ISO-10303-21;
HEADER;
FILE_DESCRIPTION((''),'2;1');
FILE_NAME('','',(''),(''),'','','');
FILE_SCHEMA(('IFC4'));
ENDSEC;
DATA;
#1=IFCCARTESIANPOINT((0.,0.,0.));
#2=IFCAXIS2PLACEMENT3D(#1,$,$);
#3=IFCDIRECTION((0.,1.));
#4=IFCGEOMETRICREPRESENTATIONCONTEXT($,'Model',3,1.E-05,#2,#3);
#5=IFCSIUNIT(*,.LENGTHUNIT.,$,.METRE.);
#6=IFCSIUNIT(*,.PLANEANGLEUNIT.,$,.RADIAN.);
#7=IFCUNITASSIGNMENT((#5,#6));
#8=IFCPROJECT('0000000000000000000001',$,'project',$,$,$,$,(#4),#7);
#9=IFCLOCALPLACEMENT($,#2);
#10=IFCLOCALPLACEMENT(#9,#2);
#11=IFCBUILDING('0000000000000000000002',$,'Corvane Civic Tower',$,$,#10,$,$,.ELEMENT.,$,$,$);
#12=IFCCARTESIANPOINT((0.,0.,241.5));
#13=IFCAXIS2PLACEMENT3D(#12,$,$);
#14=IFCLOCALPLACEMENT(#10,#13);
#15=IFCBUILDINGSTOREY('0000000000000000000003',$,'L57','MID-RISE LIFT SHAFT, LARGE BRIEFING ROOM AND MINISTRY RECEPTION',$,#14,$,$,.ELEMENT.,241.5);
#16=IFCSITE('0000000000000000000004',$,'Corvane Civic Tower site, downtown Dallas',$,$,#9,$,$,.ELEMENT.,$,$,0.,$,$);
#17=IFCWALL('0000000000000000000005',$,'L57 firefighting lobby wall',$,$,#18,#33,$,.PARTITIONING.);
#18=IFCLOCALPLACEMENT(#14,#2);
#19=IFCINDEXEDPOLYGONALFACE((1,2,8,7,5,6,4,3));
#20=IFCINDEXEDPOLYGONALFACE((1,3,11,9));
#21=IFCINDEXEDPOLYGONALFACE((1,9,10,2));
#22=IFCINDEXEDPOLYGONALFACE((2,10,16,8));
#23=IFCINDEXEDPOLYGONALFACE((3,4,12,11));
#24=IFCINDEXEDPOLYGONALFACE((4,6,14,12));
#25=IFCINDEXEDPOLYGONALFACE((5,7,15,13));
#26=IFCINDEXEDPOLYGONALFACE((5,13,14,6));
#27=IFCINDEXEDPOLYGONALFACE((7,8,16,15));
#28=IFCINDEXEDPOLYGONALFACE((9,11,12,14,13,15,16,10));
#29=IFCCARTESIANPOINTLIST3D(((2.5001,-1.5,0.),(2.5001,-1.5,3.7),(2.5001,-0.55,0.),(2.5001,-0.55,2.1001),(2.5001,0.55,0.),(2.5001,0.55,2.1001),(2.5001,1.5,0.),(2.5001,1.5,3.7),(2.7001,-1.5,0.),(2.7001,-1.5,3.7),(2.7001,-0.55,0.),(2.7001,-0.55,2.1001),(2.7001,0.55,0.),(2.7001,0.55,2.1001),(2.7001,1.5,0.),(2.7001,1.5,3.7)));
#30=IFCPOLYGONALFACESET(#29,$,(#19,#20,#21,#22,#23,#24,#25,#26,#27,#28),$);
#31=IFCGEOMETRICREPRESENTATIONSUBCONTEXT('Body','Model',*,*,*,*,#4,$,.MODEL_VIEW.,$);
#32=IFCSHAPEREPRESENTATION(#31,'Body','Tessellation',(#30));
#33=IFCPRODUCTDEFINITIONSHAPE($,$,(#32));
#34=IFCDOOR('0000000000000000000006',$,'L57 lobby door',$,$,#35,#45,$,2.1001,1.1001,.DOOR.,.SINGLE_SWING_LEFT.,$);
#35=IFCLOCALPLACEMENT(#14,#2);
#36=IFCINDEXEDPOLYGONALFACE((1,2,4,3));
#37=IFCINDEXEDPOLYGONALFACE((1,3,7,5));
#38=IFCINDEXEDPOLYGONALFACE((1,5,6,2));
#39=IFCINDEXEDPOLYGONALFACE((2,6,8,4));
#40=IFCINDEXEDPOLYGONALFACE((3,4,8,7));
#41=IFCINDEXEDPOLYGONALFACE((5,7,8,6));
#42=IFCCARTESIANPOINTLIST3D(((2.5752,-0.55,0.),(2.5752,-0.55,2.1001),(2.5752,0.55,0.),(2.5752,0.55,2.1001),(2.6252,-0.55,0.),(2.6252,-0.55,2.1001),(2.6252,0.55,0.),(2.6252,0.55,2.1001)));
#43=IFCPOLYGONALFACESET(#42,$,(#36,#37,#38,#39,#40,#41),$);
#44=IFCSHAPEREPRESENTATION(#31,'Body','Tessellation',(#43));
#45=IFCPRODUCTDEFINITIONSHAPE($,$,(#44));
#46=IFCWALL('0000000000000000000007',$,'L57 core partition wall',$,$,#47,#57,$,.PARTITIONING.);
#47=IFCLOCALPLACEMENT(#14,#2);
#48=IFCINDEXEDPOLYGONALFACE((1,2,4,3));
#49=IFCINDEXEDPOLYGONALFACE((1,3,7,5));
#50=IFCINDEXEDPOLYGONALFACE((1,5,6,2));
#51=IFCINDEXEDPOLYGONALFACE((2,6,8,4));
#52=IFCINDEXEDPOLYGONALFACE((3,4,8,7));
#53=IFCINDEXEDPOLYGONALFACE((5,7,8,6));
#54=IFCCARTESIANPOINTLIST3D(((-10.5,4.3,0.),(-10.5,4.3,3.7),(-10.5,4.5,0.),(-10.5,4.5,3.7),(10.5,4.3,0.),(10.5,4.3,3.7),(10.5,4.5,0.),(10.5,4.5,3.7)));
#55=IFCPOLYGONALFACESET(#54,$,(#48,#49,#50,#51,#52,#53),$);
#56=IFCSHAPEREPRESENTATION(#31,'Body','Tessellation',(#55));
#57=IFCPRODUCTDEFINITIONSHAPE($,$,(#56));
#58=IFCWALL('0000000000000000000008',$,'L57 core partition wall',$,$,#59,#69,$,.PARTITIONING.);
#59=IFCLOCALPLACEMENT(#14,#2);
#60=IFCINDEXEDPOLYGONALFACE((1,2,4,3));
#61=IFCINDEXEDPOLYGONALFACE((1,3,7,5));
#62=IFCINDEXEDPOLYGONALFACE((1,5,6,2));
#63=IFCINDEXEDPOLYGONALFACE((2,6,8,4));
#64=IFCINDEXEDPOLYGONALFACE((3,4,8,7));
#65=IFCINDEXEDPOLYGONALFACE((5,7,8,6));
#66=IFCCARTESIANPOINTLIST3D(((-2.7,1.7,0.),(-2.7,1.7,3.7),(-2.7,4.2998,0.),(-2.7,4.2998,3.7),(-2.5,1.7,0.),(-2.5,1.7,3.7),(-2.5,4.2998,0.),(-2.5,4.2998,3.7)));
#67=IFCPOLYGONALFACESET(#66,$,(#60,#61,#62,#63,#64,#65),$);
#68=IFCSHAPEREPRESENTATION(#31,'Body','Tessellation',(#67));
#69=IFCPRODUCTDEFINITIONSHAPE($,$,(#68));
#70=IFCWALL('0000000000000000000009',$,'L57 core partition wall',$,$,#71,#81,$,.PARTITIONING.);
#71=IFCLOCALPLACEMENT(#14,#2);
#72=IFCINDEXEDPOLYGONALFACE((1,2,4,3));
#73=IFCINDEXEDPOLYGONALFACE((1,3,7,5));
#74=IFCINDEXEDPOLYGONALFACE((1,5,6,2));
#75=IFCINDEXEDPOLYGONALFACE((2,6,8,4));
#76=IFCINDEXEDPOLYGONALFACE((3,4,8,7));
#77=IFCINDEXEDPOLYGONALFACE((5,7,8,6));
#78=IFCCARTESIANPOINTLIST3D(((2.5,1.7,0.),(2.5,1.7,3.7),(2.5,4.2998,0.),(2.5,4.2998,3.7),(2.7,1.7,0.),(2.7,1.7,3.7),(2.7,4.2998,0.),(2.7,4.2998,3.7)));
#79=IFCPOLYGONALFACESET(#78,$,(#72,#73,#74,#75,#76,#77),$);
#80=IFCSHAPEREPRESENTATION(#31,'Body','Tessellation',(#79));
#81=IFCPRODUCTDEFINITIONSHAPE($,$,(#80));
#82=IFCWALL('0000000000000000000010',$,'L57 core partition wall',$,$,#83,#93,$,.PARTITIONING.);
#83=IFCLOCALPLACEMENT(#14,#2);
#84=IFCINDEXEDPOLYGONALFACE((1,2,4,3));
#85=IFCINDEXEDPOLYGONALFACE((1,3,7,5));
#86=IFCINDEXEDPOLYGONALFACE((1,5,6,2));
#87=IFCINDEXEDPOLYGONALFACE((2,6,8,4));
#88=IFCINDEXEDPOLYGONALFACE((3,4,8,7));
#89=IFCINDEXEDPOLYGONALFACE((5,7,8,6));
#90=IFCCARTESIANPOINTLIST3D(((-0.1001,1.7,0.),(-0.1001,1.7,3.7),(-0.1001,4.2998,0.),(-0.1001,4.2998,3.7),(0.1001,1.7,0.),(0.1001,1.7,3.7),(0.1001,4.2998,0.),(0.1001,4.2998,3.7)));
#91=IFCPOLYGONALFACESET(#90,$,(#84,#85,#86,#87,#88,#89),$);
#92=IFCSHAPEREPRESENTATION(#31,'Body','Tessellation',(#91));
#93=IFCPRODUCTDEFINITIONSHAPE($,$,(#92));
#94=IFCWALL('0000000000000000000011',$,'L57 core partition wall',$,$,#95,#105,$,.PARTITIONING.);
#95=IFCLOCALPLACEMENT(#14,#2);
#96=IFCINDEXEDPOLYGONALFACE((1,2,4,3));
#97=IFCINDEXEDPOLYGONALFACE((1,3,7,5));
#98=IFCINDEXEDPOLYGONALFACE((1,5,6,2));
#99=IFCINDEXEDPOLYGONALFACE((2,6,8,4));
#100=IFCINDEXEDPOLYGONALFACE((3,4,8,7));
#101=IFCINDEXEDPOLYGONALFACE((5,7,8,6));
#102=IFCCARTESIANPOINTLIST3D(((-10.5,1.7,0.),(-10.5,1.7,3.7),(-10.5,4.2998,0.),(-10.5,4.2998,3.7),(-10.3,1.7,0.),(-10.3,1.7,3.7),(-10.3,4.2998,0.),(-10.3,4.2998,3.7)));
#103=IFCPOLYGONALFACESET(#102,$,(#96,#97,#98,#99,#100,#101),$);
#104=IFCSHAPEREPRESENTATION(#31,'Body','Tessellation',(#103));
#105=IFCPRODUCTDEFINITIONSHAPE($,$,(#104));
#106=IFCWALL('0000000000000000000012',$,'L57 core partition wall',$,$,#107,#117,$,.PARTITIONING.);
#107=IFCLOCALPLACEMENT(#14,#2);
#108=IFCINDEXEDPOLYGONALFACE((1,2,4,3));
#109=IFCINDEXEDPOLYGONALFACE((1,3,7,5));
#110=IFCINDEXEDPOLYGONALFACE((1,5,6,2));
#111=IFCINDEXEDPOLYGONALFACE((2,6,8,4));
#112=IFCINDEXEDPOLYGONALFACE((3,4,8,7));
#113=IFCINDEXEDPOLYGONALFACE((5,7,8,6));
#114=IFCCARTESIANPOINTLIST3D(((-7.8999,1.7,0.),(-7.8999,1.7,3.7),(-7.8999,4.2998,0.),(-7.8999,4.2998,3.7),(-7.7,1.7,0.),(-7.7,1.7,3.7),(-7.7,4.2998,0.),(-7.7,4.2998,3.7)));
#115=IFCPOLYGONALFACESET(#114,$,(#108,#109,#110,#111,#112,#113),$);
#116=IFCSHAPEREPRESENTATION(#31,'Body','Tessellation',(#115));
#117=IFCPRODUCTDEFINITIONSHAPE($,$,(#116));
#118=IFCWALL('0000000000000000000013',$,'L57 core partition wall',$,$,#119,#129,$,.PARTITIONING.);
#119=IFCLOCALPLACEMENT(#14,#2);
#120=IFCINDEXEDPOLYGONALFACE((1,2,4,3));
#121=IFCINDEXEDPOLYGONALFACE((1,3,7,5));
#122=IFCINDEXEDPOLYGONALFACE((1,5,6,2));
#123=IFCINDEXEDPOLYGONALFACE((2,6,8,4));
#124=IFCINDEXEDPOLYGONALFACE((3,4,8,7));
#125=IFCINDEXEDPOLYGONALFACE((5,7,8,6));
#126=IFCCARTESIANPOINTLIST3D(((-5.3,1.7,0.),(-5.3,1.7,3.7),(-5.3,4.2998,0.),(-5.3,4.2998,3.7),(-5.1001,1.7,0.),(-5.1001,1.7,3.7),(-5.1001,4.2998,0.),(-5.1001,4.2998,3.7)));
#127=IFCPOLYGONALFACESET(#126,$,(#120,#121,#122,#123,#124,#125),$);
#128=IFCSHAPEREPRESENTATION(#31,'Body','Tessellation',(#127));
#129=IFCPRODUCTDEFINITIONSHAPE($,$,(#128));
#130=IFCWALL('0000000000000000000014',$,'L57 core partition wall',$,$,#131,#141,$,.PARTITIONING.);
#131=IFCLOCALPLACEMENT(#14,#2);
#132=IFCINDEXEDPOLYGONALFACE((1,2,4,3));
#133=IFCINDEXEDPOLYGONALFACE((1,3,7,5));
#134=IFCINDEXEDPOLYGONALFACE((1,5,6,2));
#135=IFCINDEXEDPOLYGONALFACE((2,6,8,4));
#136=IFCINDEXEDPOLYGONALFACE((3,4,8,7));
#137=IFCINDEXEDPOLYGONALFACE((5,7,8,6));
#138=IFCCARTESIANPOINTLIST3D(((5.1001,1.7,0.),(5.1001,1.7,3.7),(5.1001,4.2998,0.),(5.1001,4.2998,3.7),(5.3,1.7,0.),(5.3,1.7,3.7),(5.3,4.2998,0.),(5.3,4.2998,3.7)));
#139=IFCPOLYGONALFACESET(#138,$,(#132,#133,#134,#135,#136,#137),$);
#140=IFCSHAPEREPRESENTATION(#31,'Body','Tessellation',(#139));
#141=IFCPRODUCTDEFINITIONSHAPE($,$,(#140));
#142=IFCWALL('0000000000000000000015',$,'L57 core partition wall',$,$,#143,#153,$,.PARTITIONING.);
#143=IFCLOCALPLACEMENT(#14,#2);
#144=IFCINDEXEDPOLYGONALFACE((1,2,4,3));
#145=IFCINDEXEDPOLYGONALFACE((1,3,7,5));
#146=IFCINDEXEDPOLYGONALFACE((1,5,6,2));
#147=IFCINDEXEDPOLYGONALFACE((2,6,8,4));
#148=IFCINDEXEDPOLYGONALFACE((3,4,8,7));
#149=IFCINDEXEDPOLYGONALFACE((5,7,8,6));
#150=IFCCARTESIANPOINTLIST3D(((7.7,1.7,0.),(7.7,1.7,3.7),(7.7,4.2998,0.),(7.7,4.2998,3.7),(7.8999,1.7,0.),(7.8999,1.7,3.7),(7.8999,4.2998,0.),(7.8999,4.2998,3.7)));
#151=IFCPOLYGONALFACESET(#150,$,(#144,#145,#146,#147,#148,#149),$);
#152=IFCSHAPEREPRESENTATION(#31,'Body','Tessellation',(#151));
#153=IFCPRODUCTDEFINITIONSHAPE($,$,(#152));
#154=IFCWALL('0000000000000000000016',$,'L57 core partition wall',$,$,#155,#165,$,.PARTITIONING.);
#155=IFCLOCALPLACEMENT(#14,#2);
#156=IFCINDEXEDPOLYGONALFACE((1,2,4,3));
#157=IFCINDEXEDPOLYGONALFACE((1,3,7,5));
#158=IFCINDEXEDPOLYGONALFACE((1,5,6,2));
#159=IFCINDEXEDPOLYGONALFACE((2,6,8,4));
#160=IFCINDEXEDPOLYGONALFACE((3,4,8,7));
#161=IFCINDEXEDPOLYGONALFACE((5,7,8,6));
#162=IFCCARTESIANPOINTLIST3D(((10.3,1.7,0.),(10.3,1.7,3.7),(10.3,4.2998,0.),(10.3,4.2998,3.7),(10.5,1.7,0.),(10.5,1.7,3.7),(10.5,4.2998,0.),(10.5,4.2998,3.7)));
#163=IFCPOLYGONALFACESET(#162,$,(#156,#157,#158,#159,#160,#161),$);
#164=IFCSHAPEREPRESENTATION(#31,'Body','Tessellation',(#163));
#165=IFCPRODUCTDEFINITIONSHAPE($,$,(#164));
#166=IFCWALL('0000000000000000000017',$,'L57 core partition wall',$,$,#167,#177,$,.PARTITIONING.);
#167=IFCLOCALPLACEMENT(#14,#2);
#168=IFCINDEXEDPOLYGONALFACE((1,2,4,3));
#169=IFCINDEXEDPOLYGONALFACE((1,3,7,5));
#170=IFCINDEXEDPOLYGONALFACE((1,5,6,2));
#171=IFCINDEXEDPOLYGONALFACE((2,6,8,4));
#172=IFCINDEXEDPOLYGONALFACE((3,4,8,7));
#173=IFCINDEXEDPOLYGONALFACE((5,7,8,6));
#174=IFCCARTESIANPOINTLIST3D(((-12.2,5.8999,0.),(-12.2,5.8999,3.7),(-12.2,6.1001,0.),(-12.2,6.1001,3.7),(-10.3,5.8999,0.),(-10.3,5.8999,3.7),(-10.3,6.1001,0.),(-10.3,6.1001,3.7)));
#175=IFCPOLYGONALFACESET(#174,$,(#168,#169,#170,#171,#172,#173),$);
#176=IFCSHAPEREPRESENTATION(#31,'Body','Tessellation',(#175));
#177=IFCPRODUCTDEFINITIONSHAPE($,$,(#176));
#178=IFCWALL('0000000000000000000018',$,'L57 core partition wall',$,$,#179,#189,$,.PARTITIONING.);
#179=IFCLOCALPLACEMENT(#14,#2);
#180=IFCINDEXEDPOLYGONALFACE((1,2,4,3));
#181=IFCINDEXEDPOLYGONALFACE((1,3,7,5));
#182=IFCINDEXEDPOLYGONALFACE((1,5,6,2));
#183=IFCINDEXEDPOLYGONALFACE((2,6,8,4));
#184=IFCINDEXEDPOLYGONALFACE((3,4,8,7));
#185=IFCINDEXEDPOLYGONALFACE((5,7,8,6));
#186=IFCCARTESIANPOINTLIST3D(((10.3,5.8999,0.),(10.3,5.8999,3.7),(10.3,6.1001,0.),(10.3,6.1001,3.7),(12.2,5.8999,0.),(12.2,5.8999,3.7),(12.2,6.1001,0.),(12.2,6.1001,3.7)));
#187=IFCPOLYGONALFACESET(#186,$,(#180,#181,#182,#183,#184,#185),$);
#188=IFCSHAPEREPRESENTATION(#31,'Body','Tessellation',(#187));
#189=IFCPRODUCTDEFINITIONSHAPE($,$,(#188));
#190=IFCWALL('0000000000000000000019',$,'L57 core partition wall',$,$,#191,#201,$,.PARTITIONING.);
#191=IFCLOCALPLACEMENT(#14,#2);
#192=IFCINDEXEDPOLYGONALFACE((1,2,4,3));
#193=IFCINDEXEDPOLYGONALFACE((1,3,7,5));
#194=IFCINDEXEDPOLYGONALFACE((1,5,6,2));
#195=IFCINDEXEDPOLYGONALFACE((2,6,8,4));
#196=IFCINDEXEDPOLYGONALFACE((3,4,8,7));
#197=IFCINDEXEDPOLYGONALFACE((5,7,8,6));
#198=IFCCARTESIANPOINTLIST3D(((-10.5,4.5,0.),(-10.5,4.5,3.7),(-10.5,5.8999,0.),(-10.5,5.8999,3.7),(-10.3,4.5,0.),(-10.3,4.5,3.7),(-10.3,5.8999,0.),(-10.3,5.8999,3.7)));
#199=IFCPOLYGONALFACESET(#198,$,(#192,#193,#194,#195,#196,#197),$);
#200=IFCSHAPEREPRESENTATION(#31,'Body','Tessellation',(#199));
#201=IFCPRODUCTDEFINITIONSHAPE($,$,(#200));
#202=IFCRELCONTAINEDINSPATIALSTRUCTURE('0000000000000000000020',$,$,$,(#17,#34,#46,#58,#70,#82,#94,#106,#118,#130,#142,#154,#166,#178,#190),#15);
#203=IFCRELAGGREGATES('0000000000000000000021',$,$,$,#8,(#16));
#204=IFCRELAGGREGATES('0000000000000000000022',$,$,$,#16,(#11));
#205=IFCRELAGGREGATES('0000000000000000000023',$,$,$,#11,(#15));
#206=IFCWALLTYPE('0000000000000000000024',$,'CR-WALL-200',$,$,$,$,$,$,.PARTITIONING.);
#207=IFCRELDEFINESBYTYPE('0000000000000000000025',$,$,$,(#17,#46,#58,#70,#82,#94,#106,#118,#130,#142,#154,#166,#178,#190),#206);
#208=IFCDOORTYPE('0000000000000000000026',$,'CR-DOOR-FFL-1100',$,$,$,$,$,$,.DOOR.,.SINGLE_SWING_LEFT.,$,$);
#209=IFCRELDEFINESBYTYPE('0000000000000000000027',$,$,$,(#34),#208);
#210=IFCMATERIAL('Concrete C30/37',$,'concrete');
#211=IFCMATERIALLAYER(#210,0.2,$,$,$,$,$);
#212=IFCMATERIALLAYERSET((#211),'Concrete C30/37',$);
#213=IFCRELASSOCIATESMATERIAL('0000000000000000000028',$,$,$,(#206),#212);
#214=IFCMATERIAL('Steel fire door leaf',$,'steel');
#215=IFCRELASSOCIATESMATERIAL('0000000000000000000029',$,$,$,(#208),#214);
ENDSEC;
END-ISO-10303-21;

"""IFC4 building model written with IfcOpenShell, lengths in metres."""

from ifc_helpers import new_model, si_unit, direction, frame, frame_2d, origin, place, context, subcontext, project, spatial, polyline, rectangle, outline, extrude, material, layer, layer_set, type_object, element, fill, save


model = new_model("IFC4")

# Units and contexts
model_context = context("Model", 3, precision=1e-05, world=origin(), true_north=direction((0.0, 1.0)))
body_context = subcontext(model_context, "Body", "Model", "MODEL_VIEW")
ifc_project = project(units=[si_unit("LENGTHUNIT", "METRE"), si_unit("PLANEANGLEUNIT", "RADIAN")], contexts=[model_context])

# Site, building, storey
site_placement = place(None, origin())
site = spatial("IfcSite", under=ifc_project, at=site_placement, Name="Corvane Civic Tower site, downtown Dallas", CompositionType="ELEMENT", RefElevation=0.0)
building_placement = place(site_placement, origin())
building = spatial("IfcBuilding", under=site, at=building_placement, Name="Corvane Civic Tower", CompositionType="ELEMENT")
storey_placement = place(building_placement, frame((0.0, 0.0, 241.5)))
storey = spatial("IfcBuildingStorey", under=building, at=storey_placement, Name="L57", Description="MID-RISE LIFT SHAFT, LARGE BRIEFING ROOM AND MINISTRY RECEPTION", CompositionType="ELEMENT", Elevation=241.5)

# Wall, opening, door
ifc_material_1 = material(Name="Concrete C30/37", Category="concrete")
ifc_layer_1 = layer(ifc_material_1, 0.2)
ifc_layer_set_1 = layer_set([ifc_layer_1], Name="Concrete C30/37")
wall_type_1 = type_object("IfcWallType", Name="CR-WALL-200", PredefinedType="PARTITIONING", material=ifc_layer_set_1)
wall_1_placement = place(storey_placement, frame((2.6001, -1.5, 0.0), z_axis=(0.0, 0.0, 1.0), x_axis=(0.0, 1.0, 0.0)))
wall_1 = element("IfcWall", 1, at=wall_1_placement, inside=storey, type_object=wall_type_1, Name="L57 firefighting lobby wall", PredefinedType="PARTITIONING", context=body_context, shape_type="SweptSolid", body=[
    extrude(rectangle(XDim=3.0, YDim=0.2, at=frame_2d((1.5, 0.0))), origin(), (0.0, 0.0, 1.0), 3.7),
])
opening_1_placement = place(wall_1_placement, frame((0.95, 0.0, 0.0)))
opening_1 = element("IfcOpeningElement", 2, at=opening_1_placement, cuts=wall_1, PredefinedType="OPENING", context=body_context, shape_type="SweptSolid", body=[
    extrude(rectangle(XDim=1.1001, YDim=2.1001, at=frame_2d((0.55, 1.05))), frame((0.0, 0.1099, 0.0), z_axis=(0.0, -1.0, 0.0), x_axis=(1.0, 0.0, 0.0)), (0.0, 0.0, 1.0), 0.22),
])
ifc_material_2 = material(Name="Steel fire door leaf", Category="steel")
door_type_1 = type_object("IfcDoorType", Name="CR-DOOR-FFL-1100", OperationType="SINGLE_SWING_LEFT", PredefinedType="DOOR", material=ifc_material_2)
door_1_placement = place(opening_1_placement, origin())
door_1 = element("IfcDoor", 3, at=door_1_placement, inside=storey, type_object=door_type_1, Name="L57 lobby door", OperationType="SINGLE_SWING_LEFT", OverallHeight=2.1001, OverallWidth=1.1001, PredefinedType="DOOR", context=body_context, shape_type="SweptSolid", body=[
    extrude(rectangle(XDim=1.1001, YDim=2.1001, at=frame_2d((0.55, 1.05))), frame((0.0, 0.0249, 0.0), z_axis=(0.0, -1.0, 0.0), x_axis=(1.0, 0.0, 0.0)), (0.0, 0.0, 1.0), 0.05),
])
fill(opening_1, door_1)

# Walls
wall_2_placement = place(storey_placement, origin())
element("IfcWall", 4, at=wall_2_placement, inside=storey, type_object=wall_type_1, Name="L57 core partition wall", PredefinedType="PARTITIONING", context=body_context, shape_type="SweptSolid", body=[
    extrude(outline(polyline([(10.5, 4.5), (10.5, 4.3), (-10.5, 4.3), (-10.5, 4.5), (10.5, 4.5)])), origin(), (0.0, 0.0, 1.0), 3.7),
])
wall_3_placement = place(storey_placement, origin())
element("IfcWall", 5, at=wall_3_placement, inside=storey, type_object=wall_type_1, Name="L57 core partition wall", PredefinedType="PARTITIONING", context=body_context, shape_type="SweptSolid", body=[
    extrude(outline(polyline([(-2.5, 1.7), (-2.7, 1.7), (-2.7, 4.2998), (-2.5, 4.2998), (-2.5, 1.7)])), origin(), (0.0, 0.0, 1.0), 3.7),
])
wall_4_placement = place(storey_placement, origin())
element("IfcWall", 6, at=wall_4_placement, inside=storey, type_object=wall_type_1, Name="L57 core partition wall", PredefinedType="PARTITIONING", context=body_context, shape_type="SweptSolid", body=[
    extrude(outline(polyline([(2.7, 1.7), (2.5, 1.7), (2.5, 4.2998), (2.7, 4.2998), (2.7, 1.7)])), origin(), (0.0, 0.0, 1.0), 3.7),
])
wall_5_placement = place(storey_placement, origin())
element("IfcWall", 7, at=wall_5_placement, inside=storey, type_object=wall_type_1, Name="L57 core partition wall", PredefinedType="PARTITIONING", context=body_context, shape_type="SweptSolid", body=[
    extrude(outline(polyline([(0.1001, 1.7), (-0.1001, 1.7), (-0.1001, 4.2998), (0.1001, 4.2998), (0.1001, 1.7)])), origin(), (0.0, 0.0, 1.0), 3.7),
])
wall_6_placement = place(storey_placement, origin())
element("IfcWall", 8, at=wall_6_placement, inside=storey, type_object=wall_type_1, Name="L57 core partition wall", PredefinedType="PARTITIONING", context=body_context, shape_type="SweptSolid", body=[
    extrude(outline(polyline([(-10.3, 1.7), (-10.5, 1.7), (-10.5, 4.2998), (-10.3, 4.2998), (-10.3, 1.7)])), origin(), (0.0, 0.0, 1.0), 3.7),
])
wall_7_placement = place(storey_placement, origin())
element("IfcWall", 9, at=wall_7_placement, inside=storey, type_object=wall_type_1, Name="L57 core partition wall", PredefinedType="PARTITIONING", context=body_context, shape_type="SweptSolid", body=[
    extrude(outline(polyline([(-7.7, 1.7), (-7.8999, 1.7), (-7.8999, 4.2998), (-7.7, 4.2998), (-7.7, 1.7)])), origin(), (0.0, 0.0, 1.0), 3.7),
])
wall_8_placement = place(storey_placement, origin())
element("IfcWall", 10, at=wall_8_placement, inside=storey, type_object=wall_type_1, Name="L57 core partition wall", PredefinedType="PARTITIONING", context=body_context, shape_type="SweptSolid", body=[
    extrude(outline(polyline([(-5.1001, 1.7), (-5.3, 1.7), (-5.3, 4.2998), (-5.1001, 4.2998), (-5.1001, 1.7)])), origin(), (0.0, 0.0, 1.0), 3.7),
])
wall_9_placement = place(storey_placement, origin())
element("IfcWall", 11, at=wall_9_placement, inside=storey, type_object=wall_type_1, Name="L57 core partition wall", PredefinedType="PARTITIONING", context=body_context, shape_type="SweptSolid", body=[
    extrude(outline(polyline([(5.3, 1.7), (5.1001, 1.7), (5.1001, 4.2998), (5.3, 4.2998), (5.3, 1.7)])), origin(), (0.0, 0.0, 1.0), 3.7),
])
wall_10_placement = place(storey_placement, origin())
element("IfcWall", 12, at=wall_10_placement, inside=storey, type_object=wall_type_1, Name="L57 core partition wall", PredefinedType="PARTITIONING", context=body_context, shape_type="SweptSolid", body=[
    extrude(outline(polyline([(7.8999, 1.7), (7.7, 1.7), (7.7, 4.2998), (7.8999, 4.2998), (7.8999, 1.7)])), origin(), (0.0, 0.0, 1.0), 3.7),
])
wall_11_placement = place(storey_placement, origin())
element("IfcWall", 13, at=wall_11_placement, inside=storey, type_object=wall_type_1, Name="L57 core partition wall", PredefinedType="PARTITIONING", context=body_context, shape_type="SweptSolid", body=[
    extrude(outline(polyline([(10.5, 1.7), (10.3, 1.7), (10.3, 4.2998), (10.5, 4.2998), (10.5, 1.7)])), origin(), (0.0, 0.0, 1.0), 3.7),
])
wall_12_placement = place(storey_placement, origin())
element("IfcWall", 14, at=wall_12_placement, inside=storey, type_object=wall_type_1, Name="L57 core partition wall", PredefinedType="PARTITIONING", context=body_context, shape_type="SweptSolid", body=[
    extrude(outline(polyline([(-10.3, 5.8999), (-12.2, 5.8999), (-12.2, 6.1001), (-10.3, 6.1001), (-10.3, 5.8999)])), origin(), (0.0, 0.0, 1.0), 3.7),
])
wall_13_placement = place(storey_placement, origin())
element("IfcWall", 15, at=wall_13_placement, inside=storey, type_object=wall_type_1, Name="L57 core partition wall", PredefinedType="PARTITIONING", context=body_context, shape_type="SweptSolid", body=[
    extrude(outline(polyline([(12.2, 5.8999), (10.3, 5.8999), (10.3, 6.1001), (12.2, 6.1001), (12.2, 5.8999)])), origin(), (0.0, 0.0, 1.0), 3.7),
])
wall_14_placement = place(storey_placement, origin())
element("IfcWall", 16, at=wall_14_placement, inside=storey, type_object=wall_type_1, Name="L57 core partition wall", PredefinedType="PARTITIONING", context=body_context, shape_type="SweptSolid", body=[
    extrude(outline(polyline([(-10.3, 4.5), (-10.5, 4.5), (-10.5, 5.8999), (-10.3, 5.8999), (-10.3, 4.5)])), origin(), (0.0, 0.0, 1.0), 3.7),
])

save(model, "model.ifc")
